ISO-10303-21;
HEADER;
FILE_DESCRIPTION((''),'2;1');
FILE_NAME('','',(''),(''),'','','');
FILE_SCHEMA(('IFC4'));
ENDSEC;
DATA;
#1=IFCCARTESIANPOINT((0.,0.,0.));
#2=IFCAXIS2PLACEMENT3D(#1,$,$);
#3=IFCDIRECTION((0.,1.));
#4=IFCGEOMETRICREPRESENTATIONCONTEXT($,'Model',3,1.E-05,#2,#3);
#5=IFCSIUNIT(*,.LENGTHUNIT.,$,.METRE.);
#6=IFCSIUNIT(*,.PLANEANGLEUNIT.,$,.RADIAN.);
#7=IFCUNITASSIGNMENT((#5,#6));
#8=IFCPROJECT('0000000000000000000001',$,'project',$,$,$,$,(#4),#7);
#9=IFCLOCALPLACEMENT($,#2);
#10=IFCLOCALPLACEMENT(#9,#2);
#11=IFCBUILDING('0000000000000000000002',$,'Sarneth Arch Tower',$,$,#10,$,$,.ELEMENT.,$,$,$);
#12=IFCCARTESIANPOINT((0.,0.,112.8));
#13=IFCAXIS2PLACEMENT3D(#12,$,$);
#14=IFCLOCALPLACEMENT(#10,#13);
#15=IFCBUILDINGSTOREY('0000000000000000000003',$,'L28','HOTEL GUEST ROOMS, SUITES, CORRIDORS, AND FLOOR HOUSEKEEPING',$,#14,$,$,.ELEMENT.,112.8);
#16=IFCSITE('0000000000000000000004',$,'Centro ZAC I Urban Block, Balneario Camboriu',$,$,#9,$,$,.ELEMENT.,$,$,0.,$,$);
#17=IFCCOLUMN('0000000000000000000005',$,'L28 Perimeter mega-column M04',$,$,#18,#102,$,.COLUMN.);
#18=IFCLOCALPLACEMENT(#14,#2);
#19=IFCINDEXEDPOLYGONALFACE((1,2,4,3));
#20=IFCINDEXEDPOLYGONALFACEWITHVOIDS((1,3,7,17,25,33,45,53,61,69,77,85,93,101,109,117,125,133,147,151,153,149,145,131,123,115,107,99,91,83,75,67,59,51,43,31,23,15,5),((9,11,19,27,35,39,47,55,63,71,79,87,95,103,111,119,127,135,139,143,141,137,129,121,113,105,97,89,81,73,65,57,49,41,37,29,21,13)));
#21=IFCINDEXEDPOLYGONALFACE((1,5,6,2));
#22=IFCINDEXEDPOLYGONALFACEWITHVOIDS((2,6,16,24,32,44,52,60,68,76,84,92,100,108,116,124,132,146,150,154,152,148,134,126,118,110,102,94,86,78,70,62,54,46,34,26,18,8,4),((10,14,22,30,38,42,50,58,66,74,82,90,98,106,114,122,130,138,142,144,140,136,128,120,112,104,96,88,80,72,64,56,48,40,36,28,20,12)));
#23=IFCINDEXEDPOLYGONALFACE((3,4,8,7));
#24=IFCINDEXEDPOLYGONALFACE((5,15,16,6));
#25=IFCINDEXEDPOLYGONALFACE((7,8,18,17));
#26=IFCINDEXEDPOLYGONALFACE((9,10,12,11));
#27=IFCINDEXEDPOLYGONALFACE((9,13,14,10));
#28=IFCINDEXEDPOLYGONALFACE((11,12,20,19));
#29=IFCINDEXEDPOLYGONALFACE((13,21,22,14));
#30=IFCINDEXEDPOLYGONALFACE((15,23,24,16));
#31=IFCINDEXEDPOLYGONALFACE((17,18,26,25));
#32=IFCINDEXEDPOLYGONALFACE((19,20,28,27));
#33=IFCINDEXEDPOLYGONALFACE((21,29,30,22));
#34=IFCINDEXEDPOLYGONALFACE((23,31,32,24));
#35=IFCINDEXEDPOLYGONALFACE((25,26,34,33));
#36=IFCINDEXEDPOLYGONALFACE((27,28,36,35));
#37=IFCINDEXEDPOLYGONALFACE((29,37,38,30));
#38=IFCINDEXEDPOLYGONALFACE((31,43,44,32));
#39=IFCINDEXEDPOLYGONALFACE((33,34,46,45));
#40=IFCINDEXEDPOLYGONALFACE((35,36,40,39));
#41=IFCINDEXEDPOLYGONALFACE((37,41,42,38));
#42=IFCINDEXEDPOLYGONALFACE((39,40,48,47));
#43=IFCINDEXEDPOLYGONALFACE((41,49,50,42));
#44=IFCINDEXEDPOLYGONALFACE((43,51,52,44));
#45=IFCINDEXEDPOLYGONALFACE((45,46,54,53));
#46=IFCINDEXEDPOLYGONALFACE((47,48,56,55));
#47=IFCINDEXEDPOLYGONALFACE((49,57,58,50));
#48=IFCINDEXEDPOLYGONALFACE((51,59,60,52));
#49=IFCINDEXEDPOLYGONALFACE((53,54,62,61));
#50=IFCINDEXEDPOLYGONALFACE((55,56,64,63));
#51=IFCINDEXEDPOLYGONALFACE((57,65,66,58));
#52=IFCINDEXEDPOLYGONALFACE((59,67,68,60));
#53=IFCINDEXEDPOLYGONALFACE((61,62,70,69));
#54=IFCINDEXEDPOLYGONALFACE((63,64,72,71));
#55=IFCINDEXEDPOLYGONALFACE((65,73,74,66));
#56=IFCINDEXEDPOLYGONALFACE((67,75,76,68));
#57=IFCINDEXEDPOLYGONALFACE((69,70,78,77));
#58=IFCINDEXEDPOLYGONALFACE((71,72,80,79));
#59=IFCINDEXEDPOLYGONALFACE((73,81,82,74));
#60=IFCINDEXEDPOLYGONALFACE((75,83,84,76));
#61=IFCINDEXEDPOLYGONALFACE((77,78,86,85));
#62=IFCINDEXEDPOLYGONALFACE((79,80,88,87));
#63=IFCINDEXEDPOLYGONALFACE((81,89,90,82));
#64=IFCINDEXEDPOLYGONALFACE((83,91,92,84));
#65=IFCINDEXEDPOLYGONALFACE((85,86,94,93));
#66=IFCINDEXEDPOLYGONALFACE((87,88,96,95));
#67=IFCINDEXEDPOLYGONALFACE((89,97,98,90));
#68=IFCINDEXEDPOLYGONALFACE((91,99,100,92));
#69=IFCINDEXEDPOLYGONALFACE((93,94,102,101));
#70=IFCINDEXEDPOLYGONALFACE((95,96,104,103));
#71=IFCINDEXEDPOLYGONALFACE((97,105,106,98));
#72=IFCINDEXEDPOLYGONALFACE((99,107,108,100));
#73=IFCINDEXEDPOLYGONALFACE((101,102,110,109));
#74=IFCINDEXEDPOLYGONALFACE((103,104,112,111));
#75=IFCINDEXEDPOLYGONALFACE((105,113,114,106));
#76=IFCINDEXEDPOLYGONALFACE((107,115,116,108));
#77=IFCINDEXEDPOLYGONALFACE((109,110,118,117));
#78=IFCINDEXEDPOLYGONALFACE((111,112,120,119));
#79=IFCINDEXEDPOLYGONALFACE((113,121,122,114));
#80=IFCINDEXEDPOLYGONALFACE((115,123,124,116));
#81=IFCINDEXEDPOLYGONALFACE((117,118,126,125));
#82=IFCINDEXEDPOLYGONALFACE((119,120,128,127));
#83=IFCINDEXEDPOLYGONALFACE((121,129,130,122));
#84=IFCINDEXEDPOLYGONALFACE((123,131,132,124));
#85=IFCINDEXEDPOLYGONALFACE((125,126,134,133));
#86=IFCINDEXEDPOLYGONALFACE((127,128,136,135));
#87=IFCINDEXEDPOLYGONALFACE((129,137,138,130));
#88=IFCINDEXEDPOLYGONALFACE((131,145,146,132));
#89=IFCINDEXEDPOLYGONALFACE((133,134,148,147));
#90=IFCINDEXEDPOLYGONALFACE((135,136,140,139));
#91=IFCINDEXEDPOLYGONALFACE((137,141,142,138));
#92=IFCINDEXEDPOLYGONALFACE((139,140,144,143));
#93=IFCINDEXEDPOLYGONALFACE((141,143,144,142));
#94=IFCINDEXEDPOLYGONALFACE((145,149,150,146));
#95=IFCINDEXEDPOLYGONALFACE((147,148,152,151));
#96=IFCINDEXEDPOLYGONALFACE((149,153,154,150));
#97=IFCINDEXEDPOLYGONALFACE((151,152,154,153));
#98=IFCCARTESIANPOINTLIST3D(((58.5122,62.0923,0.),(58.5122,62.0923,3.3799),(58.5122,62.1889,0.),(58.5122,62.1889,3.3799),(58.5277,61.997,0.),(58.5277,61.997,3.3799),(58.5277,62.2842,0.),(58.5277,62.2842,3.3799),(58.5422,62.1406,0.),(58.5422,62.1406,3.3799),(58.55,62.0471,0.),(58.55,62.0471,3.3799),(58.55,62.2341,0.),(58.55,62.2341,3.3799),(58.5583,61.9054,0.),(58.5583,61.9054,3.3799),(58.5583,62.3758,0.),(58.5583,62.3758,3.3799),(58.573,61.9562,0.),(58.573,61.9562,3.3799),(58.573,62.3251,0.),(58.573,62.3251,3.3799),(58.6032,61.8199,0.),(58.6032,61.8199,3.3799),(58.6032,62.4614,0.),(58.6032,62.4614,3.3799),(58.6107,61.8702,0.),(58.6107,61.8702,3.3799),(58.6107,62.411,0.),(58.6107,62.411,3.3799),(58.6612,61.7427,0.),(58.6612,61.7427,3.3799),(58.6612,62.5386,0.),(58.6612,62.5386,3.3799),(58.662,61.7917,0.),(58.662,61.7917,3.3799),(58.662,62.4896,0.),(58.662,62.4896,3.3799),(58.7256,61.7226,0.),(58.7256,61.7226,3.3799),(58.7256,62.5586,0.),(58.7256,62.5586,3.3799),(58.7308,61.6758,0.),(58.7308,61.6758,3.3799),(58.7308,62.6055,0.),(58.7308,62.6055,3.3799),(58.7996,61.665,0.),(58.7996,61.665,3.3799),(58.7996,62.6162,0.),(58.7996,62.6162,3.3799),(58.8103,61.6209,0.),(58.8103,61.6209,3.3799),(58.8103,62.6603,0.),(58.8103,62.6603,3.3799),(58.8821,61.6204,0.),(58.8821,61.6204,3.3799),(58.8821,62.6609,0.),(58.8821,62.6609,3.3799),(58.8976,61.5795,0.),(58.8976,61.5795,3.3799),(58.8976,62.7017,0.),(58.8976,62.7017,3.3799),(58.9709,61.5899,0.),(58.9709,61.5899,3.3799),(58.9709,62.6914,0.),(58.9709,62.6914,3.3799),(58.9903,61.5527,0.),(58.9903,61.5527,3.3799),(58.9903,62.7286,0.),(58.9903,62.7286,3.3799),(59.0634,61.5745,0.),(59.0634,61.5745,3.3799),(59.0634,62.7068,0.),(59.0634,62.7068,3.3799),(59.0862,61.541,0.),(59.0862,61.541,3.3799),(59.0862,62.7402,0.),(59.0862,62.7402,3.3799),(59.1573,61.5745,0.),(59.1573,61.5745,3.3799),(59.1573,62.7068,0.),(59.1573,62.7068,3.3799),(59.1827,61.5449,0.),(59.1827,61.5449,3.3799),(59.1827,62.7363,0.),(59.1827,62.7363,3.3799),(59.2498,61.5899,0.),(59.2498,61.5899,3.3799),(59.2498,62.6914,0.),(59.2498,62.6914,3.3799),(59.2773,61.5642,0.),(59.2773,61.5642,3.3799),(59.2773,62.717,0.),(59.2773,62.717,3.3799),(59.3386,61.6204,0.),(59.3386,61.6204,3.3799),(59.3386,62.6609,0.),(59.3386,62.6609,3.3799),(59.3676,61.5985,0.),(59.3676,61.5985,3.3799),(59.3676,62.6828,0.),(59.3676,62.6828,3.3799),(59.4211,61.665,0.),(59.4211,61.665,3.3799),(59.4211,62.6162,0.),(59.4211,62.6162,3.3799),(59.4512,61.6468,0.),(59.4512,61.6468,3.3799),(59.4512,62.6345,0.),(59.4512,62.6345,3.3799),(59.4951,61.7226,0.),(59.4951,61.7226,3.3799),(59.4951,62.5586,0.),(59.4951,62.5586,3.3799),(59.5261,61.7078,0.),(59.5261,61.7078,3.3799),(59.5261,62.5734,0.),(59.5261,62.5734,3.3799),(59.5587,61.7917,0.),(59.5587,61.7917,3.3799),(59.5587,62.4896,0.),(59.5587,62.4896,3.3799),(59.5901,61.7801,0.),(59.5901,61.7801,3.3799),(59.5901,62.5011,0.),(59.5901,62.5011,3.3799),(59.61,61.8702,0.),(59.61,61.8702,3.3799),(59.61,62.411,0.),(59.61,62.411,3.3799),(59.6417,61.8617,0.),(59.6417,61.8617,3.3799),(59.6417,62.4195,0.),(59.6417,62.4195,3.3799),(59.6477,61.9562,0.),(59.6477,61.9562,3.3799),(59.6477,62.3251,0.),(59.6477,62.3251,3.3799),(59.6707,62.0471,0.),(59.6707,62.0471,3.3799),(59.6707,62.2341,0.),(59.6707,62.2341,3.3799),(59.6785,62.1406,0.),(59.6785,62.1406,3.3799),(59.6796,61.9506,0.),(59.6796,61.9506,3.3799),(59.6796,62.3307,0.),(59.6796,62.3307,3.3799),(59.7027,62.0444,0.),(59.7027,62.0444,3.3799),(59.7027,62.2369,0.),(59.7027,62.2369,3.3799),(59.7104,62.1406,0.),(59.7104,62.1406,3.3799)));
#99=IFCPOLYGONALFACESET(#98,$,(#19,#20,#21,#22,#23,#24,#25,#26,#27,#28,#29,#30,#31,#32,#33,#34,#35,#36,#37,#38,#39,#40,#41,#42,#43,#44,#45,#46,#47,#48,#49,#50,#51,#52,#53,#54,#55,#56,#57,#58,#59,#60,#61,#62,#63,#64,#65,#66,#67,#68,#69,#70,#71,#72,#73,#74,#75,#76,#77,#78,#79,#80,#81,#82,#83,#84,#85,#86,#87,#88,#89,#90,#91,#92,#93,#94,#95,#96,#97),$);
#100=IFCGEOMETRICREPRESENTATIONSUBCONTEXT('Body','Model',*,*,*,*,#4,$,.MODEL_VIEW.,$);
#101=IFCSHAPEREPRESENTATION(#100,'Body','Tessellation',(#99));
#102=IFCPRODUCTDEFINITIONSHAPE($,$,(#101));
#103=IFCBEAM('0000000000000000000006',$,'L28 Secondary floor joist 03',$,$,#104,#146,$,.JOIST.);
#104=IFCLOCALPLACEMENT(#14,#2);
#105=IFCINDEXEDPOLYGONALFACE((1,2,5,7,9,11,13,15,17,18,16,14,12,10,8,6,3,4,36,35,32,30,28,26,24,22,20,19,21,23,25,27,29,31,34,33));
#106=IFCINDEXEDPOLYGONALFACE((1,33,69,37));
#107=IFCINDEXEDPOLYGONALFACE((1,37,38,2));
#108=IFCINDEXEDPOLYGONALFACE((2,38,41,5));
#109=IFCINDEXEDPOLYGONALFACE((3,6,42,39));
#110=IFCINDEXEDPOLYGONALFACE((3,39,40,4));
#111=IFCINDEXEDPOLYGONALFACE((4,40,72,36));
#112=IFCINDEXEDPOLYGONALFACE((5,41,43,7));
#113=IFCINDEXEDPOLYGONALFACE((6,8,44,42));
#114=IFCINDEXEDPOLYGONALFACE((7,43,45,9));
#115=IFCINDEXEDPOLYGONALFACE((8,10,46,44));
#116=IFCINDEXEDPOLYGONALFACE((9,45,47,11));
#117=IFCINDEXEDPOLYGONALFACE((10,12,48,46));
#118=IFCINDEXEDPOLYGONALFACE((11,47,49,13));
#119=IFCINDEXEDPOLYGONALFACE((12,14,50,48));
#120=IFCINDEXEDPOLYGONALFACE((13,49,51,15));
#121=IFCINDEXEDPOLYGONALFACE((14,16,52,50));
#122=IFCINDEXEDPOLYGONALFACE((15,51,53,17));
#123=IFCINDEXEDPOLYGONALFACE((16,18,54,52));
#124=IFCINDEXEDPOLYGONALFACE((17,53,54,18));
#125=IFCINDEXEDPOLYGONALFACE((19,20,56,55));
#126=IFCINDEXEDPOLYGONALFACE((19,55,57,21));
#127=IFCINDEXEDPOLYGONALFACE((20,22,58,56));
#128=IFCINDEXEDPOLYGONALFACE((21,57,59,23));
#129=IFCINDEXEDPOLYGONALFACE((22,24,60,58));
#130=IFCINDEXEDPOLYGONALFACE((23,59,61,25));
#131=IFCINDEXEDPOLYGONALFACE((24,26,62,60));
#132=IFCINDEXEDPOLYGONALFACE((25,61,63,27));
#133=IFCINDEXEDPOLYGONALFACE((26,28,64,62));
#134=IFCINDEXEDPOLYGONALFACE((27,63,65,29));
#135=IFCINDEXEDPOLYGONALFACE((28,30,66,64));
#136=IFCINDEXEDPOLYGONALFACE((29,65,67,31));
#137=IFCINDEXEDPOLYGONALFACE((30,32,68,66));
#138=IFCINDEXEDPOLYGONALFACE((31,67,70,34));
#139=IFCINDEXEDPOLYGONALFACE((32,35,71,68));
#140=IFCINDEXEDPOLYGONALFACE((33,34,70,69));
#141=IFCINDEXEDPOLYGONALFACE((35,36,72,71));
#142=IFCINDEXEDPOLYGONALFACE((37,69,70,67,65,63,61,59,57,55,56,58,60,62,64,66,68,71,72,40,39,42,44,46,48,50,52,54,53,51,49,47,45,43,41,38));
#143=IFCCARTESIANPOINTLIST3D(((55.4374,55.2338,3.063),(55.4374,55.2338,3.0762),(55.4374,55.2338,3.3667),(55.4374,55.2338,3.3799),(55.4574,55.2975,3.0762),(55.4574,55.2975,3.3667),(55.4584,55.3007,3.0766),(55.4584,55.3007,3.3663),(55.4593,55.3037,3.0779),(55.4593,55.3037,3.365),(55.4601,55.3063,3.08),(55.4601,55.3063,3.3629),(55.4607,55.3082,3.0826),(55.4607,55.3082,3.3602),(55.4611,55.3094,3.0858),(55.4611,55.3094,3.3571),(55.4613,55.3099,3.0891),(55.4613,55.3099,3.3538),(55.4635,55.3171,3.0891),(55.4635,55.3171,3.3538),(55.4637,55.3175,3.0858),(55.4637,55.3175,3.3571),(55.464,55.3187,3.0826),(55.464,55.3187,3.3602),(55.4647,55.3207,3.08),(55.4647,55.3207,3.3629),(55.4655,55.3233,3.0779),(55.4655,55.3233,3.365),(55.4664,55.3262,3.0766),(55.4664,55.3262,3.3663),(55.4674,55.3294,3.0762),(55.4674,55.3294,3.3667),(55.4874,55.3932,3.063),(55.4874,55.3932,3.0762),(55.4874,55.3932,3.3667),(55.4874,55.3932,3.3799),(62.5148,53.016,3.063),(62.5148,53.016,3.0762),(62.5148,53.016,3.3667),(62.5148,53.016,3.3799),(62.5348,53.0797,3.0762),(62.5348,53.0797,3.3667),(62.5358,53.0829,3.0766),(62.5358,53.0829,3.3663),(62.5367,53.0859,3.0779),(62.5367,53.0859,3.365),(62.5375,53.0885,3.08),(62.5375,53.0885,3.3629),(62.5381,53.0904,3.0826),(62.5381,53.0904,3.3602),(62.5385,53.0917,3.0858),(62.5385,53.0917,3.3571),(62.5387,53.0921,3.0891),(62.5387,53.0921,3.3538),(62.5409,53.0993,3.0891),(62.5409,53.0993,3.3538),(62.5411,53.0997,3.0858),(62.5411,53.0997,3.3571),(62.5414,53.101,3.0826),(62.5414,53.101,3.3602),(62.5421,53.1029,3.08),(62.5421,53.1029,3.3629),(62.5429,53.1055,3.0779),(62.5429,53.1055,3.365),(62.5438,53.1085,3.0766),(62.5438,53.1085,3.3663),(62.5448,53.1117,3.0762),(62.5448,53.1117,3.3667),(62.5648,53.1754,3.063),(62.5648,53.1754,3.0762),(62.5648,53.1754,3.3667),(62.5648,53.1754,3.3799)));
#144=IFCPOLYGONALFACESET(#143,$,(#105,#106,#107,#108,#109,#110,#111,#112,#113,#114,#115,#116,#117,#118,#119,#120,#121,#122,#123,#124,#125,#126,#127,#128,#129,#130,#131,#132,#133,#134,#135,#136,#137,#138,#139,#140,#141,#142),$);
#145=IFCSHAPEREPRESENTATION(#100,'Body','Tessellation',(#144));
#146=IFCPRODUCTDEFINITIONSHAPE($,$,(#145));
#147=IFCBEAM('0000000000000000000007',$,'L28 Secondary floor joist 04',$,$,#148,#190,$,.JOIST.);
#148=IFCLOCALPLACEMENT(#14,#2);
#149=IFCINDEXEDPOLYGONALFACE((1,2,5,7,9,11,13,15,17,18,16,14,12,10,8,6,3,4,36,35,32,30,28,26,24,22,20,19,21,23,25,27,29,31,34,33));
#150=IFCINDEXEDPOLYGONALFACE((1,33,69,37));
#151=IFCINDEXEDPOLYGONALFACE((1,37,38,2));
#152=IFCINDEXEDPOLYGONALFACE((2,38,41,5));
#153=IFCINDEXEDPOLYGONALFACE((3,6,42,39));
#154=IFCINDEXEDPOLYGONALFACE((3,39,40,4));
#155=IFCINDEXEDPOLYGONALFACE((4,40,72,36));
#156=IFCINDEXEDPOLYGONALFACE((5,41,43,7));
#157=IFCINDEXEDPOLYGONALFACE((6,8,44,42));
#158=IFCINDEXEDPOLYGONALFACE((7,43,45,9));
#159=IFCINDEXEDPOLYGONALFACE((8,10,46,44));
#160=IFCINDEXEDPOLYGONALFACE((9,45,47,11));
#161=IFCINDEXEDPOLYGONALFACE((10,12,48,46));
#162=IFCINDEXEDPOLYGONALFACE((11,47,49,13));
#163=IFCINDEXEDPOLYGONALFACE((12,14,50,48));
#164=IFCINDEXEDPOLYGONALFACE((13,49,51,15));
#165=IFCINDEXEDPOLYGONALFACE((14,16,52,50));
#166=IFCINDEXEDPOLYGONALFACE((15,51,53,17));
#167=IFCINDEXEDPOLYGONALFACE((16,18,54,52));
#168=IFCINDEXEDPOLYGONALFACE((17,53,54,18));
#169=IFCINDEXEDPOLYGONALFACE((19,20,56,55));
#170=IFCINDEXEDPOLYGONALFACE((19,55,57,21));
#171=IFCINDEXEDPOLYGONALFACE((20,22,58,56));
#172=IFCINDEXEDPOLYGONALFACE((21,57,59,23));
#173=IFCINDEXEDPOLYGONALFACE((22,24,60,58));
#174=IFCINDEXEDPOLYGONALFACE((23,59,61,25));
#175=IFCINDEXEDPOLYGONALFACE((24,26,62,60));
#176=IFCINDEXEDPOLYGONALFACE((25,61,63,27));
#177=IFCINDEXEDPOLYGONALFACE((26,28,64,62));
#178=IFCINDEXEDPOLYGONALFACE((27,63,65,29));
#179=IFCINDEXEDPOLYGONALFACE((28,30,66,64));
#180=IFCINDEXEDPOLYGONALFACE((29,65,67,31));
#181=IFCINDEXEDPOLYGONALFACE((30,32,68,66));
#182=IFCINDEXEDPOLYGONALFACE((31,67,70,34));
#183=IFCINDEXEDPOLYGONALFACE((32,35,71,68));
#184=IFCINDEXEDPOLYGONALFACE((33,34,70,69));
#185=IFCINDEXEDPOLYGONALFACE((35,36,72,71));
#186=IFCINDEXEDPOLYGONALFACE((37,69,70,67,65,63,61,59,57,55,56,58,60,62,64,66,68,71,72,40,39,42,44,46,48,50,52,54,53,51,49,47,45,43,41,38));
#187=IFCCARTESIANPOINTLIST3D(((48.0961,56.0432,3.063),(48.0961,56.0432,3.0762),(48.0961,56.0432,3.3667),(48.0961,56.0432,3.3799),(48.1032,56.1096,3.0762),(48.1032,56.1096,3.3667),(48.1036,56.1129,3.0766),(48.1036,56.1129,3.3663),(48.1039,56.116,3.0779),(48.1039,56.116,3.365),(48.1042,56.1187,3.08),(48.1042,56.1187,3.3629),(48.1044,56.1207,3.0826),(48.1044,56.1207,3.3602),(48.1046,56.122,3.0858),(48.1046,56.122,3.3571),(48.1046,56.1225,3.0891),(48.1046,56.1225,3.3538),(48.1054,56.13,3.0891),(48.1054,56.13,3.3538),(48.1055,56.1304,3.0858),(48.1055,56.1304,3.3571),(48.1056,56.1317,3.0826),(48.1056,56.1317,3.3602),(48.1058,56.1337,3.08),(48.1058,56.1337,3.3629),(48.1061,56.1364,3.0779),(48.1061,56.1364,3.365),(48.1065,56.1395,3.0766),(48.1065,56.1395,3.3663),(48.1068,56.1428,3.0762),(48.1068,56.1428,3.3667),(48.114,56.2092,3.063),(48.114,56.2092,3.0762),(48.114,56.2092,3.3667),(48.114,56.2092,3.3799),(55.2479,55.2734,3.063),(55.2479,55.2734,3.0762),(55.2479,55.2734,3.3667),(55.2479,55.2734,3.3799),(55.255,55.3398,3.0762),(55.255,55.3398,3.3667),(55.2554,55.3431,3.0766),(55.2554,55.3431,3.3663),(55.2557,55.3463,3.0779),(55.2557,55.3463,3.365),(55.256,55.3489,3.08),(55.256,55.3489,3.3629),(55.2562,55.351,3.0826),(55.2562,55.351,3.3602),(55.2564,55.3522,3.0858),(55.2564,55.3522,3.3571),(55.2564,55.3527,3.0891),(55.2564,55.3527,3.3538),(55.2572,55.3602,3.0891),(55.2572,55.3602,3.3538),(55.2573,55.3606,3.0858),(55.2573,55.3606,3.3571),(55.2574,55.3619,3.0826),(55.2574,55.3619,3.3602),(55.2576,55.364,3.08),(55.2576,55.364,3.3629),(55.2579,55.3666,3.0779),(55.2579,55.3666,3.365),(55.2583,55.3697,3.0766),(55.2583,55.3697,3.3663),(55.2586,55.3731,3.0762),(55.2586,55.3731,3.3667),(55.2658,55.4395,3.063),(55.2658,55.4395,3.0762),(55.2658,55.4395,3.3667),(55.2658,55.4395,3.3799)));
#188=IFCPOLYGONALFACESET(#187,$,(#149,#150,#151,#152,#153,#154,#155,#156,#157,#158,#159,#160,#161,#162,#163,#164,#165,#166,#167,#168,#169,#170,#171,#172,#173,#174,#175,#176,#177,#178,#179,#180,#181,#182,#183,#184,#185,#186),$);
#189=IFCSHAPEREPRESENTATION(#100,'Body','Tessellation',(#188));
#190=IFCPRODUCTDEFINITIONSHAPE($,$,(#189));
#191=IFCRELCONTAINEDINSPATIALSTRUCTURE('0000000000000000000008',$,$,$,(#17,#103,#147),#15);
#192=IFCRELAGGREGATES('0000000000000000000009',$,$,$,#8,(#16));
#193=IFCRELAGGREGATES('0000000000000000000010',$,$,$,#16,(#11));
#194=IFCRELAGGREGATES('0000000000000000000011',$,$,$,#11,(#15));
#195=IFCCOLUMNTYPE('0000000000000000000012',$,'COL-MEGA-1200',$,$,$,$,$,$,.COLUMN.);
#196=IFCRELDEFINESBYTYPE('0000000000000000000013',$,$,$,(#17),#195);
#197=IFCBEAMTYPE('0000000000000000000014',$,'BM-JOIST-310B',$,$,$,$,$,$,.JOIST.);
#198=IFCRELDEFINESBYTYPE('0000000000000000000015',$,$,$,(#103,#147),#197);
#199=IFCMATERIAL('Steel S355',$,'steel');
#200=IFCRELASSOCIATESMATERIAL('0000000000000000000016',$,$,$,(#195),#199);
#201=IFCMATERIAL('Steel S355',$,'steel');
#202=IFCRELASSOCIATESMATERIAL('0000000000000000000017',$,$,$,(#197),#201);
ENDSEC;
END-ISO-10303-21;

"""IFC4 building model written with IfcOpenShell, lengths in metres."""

from ifc_helpers import new_model, si_unit, direction, frame, origin, origin_2d, place, context, subcontext, project, spatial, hollow_circle, i_section, extrude, material, material_profile, profile_set, type_object, element, save


model = new_model("IFC4")

# Units and contexts
model_context = context("Model", 3, precision=1e-05, world=origin(), true_north=direction((0.0, 1.0)))
body_context = subcontext(model_context, "Body", "Model", "MODEL_VIEW")
ifc_project = project(units=[si_unit("LENGTHUNIT", "METRE"), si_unit("PLANEANGLEUNIT", "RADIAN")], contexts=[model_context])

# Site, building, storey
site_placement = place(None, origin())
site = spatial("IfcSite", under=ifc_project, at=site_placement, Name="Centro ZAC I Urban Block, Balneario Camboriu", CompositionType="ELEMENT", RefElevation=0.0)
building_placement = place(site_placement, origin())
building = spatial("IfcBuilding", under=site, at=building_placement, Name="Sarneth Arch Tower", CompositionType="ELEMENT")
storey_placement = place(building_placement, frame((0.0, 0.0, 112.8)))
storey = spatial("IfcBuildingStorey", under=building, at=storey_placement, Name="L28", Description="HOTEL GUEST ROOMS, SUITES, CORRIDORS, AND FLOOR HOUSEKEEPING", CompositionType="ELEMENT", Elevation=112.8)

# Column
ifc_material_1 = material(Name="Steel S355", Category="steel")
ifc_material_profile_1 = material_profile(ifc_material_1, hollow_circle(Radius=0.6001, WallThickness=0.032, at=origin_2d()), Name="CHS1200x32")
ifc_profile_set_1 = profile_set([ifc_material_profile_1], Name="Steel S355")
column_type = type_object("IfcColumnType", Name="COL-MEGA-1200", PredefinedType="COLUMN", material=ifc_profile_set_1)
column_placement = place(storey_placement, frame((59.1104, 62.1406, 0.0), z_axis=(0.0, 0.0, 1.0), x_axis=(1.0, 0.0, 0.0)))
element("IfcColumn", 1, at=column_placement, inside=storey, type_object=column_type, Name="L28 Perimeter mega-column M04", PredefinedType="COLUMN", context=body_context, shape_type="SweptSolid", body=[
    extrude(hollow_circle(Radius=0.6001, WallThickness=0.032, at=origin_2d()), origin(), (0.0, 0.0, 1.0), 3.3799),
])

# Beams
ifc_material_2 = material(Name="Steel S355", Category="steel")
ifc_material_profile_2 = material_profile(ifc_material_2, i_section(OverallWidth=0.167, OverallDepth=0.3169, WebThickness=0.0076, FlangeThickness=0.0132, FilletRadius=0.0129, at=origin_2d()), Name="W310x52")
ifc_profile_set_2 = profile_set([ifc_material_profile_2], Name="Steel S355")
beam_type_1 = type_object("IfcBeamType", Name="BM-JOIST-310B", PredefinedType="JOIST", material=ifc_profile_set_2)
beam_1_placement = place(storey_placement, frame((62.5398, 53.0957, 3.2214), z_axis=(-0.954246, 0.299023, 0.0), x_axis=(-0.299023, -0.954246, 0.0)))
element("IfcBeam", 2, at=beam_1_placement, inside=storey, type_object=beam_type_1, Name="L28 Secondary floor joist 03", PredefinedType="JOIST", context=body_context, shape_type="SweptSolid", body=[
    extrude(i_section(OverallWidth=0.167, OverallDepth=0.3169, WebThickness=0.0076, FlangeThickness=0.0132, FilletRadius=0.0129, at=origin_2d()), origin(), (0.0, 0.0, 1.0), 7.4167),
])
beam_2_placement = place(storey_placement, frame((55.2568, 55.3564, 3.2214), z_axis=(-0.994257, 0.107015, 0.0), x_axis=(-0.107015, -0.994257, 0.0)))
element("IfcBeam", 3, at=beam_2_placement, inside=storey, type_object=beam_type_1, Name="L28 Secondary floor joist 04", PredefinedType="JOIST", context=body_context, shape_type="SweptSolid", body=[
    extrude(i_section(OverallWidth=0.167, OverallDepth=0.3169, WebThickness=0.0076, FlangeThickness=0.0132, FilletRadius=0.0129, at=origin_2d()), origin(), (0.0, 0.0, 1.0), 7.1931),
])

save(model, "model.ifc")
